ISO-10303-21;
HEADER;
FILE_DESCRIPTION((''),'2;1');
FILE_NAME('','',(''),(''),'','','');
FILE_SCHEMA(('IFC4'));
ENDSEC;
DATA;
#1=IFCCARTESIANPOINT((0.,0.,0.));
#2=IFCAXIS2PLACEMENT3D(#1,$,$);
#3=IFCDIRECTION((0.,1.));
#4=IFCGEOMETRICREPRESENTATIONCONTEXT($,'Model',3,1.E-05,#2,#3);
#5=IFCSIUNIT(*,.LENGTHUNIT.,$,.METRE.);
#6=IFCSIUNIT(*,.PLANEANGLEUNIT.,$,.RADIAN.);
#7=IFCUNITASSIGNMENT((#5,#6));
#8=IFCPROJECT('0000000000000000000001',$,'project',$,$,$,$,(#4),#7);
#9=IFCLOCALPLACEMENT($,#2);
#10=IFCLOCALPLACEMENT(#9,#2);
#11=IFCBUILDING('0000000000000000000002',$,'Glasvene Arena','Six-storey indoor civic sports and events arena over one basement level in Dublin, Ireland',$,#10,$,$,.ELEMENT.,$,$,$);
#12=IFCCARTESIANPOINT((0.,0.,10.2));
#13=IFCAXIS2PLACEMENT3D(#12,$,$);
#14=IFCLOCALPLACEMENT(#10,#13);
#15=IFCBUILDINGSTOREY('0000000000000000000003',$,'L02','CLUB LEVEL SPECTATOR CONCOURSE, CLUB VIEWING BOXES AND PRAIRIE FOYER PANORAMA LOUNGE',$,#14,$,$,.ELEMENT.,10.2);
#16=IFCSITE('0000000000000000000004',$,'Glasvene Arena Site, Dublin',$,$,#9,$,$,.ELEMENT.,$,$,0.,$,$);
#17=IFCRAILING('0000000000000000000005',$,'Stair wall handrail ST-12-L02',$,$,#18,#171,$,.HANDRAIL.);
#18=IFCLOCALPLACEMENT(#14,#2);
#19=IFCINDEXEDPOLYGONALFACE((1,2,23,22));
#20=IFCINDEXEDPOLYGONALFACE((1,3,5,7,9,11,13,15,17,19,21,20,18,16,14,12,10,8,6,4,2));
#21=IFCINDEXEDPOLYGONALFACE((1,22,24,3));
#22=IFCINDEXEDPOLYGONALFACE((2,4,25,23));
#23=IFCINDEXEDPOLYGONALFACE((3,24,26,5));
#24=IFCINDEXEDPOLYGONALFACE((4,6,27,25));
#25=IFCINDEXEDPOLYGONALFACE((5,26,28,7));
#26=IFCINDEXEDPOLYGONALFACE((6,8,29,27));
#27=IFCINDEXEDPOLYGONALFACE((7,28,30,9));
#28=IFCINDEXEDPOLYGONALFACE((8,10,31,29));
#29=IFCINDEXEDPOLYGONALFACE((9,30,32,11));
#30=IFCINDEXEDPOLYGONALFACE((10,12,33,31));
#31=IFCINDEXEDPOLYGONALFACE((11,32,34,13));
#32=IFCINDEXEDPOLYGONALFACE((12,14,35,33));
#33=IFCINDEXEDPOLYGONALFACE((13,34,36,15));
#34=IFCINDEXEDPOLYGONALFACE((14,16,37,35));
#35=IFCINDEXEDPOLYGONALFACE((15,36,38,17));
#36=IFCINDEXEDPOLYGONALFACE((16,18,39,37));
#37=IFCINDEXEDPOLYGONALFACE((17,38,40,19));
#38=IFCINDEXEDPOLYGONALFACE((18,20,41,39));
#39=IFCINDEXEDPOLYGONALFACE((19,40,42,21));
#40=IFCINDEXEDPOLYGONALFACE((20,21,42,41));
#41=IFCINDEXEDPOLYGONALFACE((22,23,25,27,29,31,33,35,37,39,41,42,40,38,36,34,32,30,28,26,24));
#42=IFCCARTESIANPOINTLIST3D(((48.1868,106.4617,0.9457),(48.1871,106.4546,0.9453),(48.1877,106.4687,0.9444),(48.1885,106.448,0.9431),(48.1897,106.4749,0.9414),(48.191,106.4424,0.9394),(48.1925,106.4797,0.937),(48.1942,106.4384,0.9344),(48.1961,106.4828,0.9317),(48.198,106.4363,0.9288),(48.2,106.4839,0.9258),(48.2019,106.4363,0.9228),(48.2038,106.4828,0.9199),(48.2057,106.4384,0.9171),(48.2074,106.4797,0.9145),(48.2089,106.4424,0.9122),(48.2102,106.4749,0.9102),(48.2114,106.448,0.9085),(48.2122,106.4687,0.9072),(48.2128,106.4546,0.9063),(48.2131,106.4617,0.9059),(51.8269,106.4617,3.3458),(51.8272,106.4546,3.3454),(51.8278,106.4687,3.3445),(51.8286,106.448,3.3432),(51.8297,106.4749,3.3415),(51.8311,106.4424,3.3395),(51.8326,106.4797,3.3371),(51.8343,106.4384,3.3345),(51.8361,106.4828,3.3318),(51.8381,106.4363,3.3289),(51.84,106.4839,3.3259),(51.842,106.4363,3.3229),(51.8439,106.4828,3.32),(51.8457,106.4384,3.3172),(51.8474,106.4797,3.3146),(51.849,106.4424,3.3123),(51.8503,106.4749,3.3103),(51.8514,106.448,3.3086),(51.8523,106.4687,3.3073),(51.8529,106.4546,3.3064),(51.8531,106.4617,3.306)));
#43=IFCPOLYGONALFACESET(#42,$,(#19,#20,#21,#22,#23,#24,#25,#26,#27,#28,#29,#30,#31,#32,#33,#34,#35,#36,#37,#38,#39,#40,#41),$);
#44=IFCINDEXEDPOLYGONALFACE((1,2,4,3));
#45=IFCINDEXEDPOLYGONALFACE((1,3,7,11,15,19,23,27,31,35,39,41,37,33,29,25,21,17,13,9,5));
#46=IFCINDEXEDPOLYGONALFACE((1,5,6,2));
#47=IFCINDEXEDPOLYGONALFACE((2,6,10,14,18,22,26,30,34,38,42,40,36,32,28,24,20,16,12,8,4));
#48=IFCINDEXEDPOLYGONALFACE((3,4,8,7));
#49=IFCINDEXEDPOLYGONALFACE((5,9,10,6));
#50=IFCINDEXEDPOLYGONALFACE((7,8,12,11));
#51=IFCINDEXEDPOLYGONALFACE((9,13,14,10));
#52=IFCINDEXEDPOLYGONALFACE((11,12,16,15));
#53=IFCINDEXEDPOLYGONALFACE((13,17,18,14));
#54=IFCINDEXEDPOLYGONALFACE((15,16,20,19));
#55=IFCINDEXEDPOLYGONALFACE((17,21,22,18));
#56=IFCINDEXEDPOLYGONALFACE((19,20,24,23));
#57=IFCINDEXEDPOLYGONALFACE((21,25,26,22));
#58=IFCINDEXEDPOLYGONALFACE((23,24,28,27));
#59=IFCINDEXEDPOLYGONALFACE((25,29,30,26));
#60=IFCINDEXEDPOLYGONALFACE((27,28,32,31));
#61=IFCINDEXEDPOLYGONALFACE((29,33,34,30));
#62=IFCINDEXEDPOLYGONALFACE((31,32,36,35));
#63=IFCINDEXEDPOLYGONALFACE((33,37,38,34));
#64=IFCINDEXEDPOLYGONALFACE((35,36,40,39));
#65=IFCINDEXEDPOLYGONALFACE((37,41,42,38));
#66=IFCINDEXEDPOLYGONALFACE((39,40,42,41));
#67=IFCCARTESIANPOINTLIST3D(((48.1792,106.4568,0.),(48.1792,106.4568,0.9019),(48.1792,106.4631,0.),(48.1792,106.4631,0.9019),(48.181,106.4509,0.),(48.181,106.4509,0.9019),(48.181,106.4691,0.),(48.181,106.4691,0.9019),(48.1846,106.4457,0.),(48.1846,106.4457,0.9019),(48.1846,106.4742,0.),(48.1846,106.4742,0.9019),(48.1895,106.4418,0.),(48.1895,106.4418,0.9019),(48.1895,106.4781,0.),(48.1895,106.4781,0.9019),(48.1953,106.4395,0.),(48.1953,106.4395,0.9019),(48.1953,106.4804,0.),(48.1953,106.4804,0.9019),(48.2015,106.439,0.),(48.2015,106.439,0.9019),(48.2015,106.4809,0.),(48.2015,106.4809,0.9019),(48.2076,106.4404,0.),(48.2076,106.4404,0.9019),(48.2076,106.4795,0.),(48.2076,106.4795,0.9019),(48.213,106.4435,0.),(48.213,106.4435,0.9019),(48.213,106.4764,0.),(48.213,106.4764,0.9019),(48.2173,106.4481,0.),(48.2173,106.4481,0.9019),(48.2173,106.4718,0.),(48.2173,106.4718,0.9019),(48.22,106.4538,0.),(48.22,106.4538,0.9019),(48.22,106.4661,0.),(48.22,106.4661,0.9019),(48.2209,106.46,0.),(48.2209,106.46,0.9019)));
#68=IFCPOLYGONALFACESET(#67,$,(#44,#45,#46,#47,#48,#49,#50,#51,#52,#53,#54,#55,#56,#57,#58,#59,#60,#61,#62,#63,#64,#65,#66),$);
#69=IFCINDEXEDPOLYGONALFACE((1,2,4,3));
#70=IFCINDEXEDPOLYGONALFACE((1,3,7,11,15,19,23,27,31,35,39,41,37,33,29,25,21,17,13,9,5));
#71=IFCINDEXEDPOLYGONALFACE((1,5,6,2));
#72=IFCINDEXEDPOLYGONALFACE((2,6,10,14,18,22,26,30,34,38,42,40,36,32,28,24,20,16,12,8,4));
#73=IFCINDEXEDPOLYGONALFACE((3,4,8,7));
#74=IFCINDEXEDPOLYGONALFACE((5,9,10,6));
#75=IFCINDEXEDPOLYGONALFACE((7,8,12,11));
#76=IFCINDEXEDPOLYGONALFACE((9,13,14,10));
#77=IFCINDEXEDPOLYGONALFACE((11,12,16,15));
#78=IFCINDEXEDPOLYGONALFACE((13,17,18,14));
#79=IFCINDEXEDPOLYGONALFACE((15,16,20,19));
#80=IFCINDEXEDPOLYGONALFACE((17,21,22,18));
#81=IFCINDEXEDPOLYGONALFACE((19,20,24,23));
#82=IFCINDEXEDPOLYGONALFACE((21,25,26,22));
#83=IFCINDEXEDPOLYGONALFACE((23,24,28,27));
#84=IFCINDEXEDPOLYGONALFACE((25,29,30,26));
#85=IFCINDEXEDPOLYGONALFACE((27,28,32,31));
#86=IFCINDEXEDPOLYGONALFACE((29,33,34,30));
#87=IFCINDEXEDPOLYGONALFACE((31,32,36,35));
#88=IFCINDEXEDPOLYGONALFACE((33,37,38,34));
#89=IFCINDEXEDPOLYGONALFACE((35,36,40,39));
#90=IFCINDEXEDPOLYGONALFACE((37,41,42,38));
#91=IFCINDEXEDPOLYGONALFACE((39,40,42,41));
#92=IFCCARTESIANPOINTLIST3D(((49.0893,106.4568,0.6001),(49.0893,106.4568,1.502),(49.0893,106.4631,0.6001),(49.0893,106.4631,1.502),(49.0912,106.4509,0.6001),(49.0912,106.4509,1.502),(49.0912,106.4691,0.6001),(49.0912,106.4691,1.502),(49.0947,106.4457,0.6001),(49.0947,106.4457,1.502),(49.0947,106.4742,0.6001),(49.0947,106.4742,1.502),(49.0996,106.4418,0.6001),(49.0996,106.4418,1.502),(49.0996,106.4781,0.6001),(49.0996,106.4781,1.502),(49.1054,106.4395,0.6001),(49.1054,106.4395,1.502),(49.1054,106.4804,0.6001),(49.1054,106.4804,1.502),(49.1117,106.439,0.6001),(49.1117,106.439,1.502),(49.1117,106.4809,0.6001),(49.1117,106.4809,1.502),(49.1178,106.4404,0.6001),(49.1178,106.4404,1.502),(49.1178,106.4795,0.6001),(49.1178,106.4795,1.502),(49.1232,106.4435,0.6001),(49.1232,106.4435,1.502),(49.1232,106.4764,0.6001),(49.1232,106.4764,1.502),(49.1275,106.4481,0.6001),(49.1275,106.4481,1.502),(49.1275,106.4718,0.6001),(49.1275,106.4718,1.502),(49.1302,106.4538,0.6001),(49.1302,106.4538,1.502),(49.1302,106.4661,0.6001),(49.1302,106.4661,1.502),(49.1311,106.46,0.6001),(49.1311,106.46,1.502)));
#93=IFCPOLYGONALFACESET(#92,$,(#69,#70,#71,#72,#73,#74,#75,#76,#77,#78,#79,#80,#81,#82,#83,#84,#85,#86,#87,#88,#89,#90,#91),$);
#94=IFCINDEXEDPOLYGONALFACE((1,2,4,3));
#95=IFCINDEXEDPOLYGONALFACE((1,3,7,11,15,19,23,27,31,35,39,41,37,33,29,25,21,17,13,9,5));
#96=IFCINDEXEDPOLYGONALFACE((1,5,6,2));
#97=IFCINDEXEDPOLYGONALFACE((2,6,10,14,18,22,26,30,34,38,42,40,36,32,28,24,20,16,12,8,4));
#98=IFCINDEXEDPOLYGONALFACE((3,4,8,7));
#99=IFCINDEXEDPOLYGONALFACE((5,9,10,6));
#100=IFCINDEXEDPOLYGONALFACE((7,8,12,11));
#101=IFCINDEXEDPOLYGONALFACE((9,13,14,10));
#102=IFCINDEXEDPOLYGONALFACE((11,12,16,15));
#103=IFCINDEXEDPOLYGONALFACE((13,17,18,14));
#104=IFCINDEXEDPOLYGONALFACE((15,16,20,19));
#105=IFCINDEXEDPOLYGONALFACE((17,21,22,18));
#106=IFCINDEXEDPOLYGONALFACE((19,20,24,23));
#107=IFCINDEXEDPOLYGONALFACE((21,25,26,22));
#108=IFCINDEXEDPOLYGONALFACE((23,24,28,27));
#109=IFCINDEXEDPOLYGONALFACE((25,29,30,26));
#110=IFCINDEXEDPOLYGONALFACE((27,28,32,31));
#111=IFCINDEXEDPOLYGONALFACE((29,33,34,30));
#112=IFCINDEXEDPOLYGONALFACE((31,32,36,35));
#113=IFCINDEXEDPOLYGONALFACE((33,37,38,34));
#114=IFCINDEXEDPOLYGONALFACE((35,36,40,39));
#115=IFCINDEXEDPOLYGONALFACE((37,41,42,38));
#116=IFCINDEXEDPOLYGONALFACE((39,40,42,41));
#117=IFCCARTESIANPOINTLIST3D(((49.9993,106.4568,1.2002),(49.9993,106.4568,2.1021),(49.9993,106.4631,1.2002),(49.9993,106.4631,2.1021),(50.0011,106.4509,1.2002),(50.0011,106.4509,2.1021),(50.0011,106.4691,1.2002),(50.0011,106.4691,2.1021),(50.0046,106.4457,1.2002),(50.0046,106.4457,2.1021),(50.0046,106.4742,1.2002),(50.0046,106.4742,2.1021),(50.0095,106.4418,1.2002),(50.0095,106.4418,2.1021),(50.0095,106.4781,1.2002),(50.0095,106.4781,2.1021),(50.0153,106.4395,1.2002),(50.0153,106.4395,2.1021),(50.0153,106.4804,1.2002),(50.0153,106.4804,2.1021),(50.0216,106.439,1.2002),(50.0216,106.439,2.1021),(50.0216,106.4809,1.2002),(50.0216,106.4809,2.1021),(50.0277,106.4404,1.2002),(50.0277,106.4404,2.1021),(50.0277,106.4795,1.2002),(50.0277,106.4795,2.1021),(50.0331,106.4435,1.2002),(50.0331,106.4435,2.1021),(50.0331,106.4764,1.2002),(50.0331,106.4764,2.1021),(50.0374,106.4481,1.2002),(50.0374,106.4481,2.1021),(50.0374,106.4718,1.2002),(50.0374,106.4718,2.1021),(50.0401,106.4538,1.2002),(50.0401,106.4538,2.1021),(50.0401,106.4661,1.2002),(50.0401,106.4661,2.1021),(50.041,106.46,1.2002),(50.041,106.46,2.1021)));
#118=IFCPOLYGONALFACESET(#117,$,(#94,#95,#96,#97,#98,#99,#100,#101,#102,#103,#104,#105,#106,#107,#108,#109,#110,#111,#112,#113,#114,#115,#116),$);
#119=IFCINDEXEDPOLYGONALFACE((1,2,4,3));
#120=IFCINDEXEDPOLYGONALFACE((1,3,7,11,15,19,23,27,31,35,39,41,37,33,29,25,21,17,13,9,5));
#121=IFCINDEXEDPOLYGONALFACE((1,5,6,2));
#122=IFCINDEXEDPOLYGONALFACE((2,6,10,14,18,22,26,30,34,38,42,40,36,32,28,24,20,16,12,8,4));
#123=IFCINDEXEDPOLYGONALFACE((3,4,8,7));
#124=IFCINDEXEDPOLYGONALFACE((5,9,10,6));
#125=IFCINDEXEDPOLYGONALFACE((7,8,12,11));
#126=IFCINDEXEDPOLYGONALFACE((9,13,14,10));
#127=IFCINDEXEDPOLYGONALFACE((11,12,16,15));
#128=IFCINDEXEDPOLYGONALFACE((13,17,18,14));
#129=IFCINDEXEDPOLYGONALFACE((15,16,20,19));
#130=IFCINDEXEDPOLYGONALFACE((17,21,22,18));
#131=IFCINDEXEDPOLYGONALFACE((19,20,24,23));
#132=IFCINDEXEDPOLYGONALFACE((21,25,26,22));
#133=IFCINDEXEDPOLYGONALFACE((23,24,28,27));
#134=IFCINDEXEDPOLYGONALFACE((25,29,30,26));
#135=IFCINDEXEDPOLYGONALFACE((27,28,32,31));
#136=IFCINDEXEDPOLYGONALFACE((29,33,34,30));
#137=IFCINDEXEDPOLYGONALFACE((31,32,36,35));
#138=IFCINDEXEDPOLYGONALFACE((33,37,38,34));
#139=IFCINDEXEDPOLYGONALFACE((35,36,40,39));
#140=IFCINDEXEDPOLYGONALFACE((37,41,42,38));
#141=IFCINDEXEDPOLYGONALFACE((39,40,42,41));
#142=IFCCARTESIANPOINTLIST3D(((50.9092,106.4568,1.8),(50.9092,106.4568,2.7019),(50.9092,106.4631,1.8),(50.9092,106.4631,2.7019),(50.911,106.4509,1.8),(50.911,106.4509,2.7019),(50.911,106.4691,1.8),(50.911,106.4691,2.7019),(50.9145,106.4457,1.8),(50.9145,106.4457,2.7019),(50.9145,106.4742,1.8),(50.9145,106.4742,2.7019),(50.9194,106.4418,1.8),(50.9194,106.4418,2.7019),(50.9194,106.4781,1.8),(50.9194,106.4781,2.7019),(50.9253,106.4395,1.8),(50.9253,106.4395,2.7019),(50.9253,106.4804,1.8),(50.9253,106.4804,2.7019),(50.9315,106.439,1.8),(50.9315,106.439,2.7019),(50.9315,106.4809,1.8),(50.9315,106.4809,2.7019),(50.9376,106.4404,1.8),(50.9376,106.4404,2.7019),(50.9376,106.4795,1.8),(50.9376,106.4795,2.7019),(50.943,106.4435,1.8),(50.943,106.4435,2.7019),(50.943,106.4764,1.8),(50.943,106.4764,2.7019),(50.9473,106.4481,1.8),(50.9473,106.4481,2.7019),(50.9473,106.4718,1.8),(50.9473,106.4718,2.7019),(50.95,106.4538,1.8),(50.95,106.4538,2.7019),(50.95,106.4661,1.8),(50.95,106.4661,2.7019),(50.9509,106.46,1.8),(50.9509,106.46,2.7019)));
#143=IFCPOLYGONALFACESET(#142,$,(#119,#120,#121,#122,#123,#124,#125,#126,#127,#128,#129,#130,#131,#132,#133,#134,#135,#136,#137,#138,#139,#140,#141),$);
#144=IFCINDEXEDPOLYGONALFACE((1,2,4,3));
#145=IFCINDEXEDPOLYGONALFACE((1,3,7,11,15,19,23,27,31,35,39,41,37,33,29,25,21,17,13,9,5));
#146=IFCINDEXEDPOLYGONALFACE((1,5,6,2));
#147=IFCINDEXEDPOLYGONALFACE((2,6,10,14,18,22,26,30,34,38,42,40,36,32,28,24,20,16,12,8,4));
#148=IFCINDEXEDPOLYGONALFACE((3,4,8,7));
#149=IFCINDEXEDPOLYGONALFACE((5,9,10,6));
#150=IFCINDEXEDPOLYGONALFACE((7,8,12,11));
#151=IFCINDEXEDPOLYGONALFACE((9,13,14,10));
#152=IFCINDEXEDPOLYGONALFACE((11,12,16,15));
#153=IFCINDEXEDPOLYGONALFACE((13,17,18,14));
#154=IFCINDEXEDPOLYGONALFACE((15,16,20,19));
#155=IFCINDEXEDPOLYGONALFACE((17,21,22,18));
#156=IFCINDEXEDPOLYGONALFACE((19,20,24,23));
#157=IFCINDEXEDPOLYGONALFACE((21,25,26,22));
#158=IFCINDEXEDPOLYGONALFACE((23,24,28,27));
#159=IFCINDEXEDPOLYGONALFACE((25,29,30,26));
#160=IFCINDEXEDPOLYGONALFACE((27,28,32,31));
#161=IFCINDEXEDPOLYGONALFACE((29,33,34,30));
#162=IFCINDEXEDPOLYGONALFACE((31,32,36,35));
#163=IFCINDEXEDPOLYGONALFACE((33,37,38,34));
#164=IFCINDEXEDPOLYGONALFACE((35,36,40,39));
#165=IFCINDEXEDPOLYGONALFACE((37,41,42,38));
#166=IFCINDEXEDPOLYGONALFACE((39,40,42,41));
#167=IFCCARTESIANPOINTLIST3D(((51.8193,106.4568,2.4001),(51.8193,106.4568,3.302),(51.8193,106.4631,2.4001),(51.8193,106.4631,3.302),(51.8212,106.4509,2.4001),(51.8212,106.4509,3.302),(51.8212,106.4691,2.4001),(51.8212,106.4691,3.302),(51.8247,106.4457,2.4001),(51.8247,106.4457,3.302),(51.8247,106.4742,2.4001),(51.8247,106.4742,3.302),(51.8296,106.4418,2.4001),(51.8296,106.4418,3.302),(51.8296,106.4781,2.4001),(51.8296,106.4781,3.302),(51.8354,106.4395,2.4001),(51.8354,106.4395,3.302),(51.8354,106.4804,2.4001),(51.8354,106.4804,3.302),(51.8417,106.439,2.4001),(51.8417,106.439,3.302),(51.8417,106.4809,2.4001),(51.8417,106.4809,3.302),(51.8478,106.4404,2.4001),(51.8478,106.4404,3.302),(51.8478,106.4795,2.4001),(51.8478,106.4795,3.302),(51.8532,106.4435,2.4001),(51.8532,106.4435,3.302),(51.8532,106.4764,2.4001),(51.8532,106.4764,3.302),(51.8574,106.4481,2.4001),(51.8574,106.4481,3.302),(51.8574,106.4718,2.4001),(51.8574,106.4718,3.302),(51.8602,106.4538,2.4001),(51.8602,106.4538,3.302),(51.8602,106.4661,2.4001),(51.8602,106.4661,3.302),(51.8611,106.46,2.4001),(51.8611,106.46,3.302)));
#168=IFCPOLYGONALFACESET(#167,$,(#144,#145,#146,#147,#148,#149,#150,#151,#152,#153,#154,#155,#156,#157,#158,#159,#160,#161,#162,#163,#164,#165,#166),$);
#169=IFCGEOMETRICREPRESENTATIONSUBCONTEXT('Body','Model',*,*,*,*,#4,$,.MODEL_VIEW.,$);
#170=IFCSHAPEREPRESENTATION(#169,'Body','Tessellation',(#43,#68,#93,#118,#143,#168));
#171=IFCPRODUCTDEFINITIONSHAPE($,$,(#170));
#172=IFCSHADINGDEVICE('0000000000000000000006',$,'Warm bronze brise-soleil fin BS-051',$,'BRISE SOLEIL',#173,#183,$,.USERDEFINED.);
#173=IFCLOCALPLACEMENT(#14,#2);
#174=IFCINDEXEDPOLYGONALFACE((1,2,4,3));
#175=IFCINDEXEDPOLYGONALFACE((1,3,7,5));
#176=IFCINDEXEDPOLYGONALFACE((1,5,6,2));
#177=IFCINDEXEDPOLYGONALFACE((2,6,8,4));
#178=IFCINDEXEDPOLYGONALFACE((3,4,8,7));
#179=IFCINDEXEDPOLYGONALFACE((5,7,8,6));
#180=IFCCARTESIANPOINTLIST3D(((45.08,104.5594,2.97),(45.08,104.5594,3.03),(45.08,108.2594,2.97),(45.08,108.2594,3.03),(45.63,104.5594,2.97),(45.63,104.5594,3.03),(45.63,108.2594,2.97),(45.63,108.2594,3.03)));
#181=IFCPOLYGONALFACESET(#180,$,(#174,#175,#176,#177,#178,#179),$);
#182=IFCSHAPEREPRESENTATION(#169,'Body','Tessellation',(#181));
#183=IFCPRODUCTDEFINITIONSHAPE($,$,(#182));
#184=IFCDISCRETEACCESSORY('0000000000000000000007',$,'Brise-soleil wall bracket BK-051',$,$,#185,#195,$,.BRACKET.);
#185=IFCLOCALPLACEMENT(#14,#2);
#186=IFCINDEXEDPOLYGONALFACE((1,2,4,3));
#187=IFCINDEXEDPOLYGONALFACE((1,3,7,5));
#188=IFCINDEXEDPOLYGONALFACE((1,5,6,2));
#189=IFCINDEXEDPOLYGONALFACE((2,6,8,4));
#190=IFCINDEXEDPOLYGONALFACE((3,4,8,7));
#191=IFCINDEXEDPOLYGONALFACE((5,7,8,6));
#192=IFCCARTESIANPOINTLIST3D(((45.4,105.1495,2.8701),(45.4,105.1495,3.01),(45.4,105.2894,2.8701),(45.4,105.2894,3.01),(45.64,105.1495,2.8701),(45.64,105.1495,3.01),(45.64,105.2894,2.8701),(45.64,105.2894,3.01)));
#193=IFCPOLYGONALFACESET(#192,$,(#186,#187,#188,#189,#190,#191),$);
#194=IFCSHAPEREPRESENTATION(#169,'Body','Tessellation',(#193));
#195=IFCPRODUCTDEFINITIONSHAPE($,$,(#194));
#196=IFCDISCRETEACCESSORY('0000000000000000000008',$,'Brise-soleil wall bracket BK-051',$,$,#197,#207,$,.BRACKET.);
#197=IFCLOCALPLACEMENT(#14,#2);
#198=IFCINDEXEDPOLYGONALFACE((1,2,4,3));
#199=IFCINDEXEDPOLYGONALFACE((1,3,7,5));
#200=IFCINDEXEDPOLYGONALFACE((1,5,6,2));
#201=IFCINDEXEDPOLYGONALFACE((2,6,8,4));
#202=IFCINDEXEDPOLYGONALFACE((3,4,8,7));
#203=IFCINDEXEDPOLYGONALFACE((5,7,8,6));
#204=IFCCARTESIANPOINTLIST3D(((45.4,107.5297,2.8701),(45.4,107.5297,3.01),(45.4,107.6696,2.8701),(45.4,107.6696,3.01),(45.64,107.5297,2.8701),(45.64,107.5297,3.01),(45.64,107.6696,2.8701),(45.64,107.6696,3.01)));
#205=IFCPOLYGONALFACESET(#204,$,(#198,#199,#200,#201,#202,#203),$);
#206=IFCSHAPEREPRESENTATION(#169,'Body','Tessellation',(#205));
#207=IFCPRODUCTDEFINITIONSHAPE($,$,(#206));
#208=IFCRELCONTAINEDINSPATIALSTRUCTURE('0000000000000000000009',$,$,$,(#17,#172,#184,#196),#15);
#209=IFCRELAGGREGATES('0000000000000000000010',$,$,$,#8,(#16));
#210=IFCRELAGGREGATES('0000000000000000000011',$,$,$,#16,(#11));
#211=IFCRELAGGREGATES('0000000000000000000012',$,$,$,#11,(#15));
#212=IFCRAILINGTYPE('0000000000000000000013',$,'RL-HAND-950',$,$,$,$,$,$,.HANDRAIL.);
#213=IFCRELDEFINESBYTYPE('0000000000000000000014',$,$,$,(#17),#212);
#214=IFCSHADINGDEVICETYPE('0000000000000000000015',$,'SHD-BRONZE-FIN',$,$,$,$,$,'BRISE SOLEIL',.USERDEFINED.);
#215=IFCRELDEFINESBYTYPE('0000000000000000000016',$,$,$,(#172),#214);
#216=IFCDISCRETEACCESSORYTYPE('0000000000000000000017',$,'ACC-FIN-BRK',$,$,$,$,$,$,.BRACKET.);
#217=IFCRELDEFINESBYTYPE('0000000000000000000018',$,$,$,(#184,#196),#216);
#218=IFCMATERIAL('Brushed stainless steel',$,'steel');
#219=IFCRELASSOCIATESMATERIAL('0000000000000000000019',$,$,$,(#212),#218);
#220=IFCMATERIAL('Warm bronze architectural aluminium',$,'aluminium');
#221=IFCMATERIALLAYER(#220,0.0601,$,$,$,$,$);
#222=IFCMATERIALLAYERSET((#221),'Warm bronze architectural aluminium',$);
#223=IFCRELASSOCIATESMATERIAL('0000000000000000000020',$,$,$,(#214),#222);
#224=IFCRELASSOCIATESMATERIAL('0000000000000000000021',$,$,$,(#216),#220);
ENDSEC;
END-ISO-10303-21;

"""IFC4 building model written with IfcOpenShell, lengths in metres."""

from ifc_helpers import new_model, si_unit, direction, frame, origin, origin_2d, place, context, subcontext, project, spatial, rectangle, circle, extrude, material, layer, layer_set, type_object, element, save


model = new_model("IFC4")

# Units and contexts
model_context = context("Model", 3, precision=1e-05, world=origin(), true_north=direction((0.0, 1.0)))
body_context = subcontext(model_context, "Body", "Model", "MODEL_VIEW")
ifc_project = project(units=[si_unit("LENGTHUNIT", "METRE"), si_unit("PLANEANGLEUNIT", "RADIAN")], contexts=[model_context])

# Site, building, storey
site_placement = place(None, origin())
site = spatial("IfcSite", under=ifc_project, at=site_placement, Name="Glasvene Arena Site, Dublin", CompositionType="ELEMENT", RefElevation=0.0)
building_placement = place(site_placement, origin())
building = spatial("IfcBuilding", under=site, at=building_placement, Name="Glasvene Arena", Description="Six-storey indoor civic sports and events arena over one basement level in Dublin, Ireland", CompositionType="ELEMENT")
storey_placement = place(building_placement, frame((0.0, 0.0, 10.2)))
storey = spatial("IfcBuildingStorey", under=building, at=storey_placement, Name="L02", Description="CLUB LEVEL SPECTATOR CONCOURSE, CLUB VIEWING BOXES AND PRAIRIE FOYER PANORAMA LOUNGE", CompositionType="ELEMENT", Elevation=10.2)

# Railing
ifc_material_1 = material(Name="Brushed stainless steel", Category="steel")
railing_type_1 = type_object("IfcRailingType", Name="RL-HAND-950", PredefinedType="HANDRAIL", material=ifc_material_1)
railing_1_placement = place(storey_placement, frame((48.2, 106.46, 0.0)))
element("IfcRailing", 1, at=railing_1_placement, inside=storey, type_object=railing_type_1, Name="Stair wall handrail ST-12-L02", PredefinedType="HANDRAIL", context=body_context, shape_type="SweptSolid", body=[
    extrude(circle(Radius=0.0239, at=origin_2d()), frame((0.0, 0.0, 0.9258), z_axis=(0.834856, 0.0, 0.550468), x_axis=(0.0, 1.0, 0.0)), (0.0, 0.0, 1.0), 4.3601),
    extrude(circle(Radius=0.021, at=origin_2d()), origin(), (0.0, 0.0, 1.0), 0.9019),
    extrude(circle(Radius=0.021, at=origin_2d()), frame((0.9102, 0.0, 0.6001)), (0.0, 0.0, 1.0), 0.9019),
    extrude(circle(Radius=0.021, at=origin_2d()), frame((1.8201, 0.0, 1.2002)), (0.0, 0.0, 1.0), 0.9019),
    extrude(circle(Radius=0.021, at=origin_2d()), frame((2.73, 0.0, 1.8)), (0.0, 0.0, 1.0), 0.9019),
    extrude(circle(Radius=0.021, at=origin_2d()), frame((3.6401, 0.0, 2.4001)), (0.0, 0.0, 1.0), 0.9019),
])

# Shading device
ifc_material_2 = material(Name="Warm bronze architectural aluminium", Category="aluminium")
ifc_layer_1 = layer(ifc_material_2, 0.0601)
ifc_layer_set_1 = layer_set([ifc_layer_1], Name="Warm bronze architectural aluminium")
shading_device_type = type_object("IfcShadingDeviceType", Name="SHD-BRONZE-FIN", ElementType="BRISE SOLEIL", PredefinedType="USERDEFINED", material=ifc_layer_set_1)
shading_device_placement = place(storey_placement, frame((45.355, 106.4094, 2.97), z_axis=(0.0, 0.0, 1.0), x_axis=(0.0, 1.0, 0.0)))
element("IfcShadingDevice", 2, at=shading_device_placement, inside=storey, type_object=shading_device_type, Name="Warm bronze brise-soleil fin BS-051", ObjectType="BRISE SOLEIL", PredefinedType="USERDEFINED", context=body_context, shape_type="SweptSolid", body=[
    extrude(rectangle(XDim=3.7, YDim=0.55, at=origin_2d()), origin(), (0.0, 0.0, 1.0), 0.0601),
])

# Discrete accessories
discrete_accessory_type = type_object("IfcDiscreteAccessoryType", Name="ACC-FIN-BRK", PredefinedType="BRACKET", material=ifc_material_2)
for number, where, z_axis, x_axis, name in (
    (3, (45.52, 105.2195, 2.8701), (0.0, 0.0, 1.0), (0.0, 1.0, 0.0), "Brise-soleil wall bracket BK-051"),
    (4, (45.52, 107.5996, 2.8701), (0.0, 0.0, 1.0), (0.0, 1.0, 0.0), "Brise-soleil wall bracket BK-051"),
):
    element("IfcDiscreteAccessory", number, at=place(storey_placement, frame(where, z_axis=z_axis, x_axis=x_axis)), inside=storey, type_object=discrete_accessory_type, Name=name, PredefinedType="BRACKET", context=body_context, shape_type="SweptSolid", body=[
        extrude(rectangle(XDim=0.1399, YDim=0.24, at=origin_2d()), origin(), (0.0, 0.0, 1.0), 0.1399),
    ])

save(model, "model.ifc")
